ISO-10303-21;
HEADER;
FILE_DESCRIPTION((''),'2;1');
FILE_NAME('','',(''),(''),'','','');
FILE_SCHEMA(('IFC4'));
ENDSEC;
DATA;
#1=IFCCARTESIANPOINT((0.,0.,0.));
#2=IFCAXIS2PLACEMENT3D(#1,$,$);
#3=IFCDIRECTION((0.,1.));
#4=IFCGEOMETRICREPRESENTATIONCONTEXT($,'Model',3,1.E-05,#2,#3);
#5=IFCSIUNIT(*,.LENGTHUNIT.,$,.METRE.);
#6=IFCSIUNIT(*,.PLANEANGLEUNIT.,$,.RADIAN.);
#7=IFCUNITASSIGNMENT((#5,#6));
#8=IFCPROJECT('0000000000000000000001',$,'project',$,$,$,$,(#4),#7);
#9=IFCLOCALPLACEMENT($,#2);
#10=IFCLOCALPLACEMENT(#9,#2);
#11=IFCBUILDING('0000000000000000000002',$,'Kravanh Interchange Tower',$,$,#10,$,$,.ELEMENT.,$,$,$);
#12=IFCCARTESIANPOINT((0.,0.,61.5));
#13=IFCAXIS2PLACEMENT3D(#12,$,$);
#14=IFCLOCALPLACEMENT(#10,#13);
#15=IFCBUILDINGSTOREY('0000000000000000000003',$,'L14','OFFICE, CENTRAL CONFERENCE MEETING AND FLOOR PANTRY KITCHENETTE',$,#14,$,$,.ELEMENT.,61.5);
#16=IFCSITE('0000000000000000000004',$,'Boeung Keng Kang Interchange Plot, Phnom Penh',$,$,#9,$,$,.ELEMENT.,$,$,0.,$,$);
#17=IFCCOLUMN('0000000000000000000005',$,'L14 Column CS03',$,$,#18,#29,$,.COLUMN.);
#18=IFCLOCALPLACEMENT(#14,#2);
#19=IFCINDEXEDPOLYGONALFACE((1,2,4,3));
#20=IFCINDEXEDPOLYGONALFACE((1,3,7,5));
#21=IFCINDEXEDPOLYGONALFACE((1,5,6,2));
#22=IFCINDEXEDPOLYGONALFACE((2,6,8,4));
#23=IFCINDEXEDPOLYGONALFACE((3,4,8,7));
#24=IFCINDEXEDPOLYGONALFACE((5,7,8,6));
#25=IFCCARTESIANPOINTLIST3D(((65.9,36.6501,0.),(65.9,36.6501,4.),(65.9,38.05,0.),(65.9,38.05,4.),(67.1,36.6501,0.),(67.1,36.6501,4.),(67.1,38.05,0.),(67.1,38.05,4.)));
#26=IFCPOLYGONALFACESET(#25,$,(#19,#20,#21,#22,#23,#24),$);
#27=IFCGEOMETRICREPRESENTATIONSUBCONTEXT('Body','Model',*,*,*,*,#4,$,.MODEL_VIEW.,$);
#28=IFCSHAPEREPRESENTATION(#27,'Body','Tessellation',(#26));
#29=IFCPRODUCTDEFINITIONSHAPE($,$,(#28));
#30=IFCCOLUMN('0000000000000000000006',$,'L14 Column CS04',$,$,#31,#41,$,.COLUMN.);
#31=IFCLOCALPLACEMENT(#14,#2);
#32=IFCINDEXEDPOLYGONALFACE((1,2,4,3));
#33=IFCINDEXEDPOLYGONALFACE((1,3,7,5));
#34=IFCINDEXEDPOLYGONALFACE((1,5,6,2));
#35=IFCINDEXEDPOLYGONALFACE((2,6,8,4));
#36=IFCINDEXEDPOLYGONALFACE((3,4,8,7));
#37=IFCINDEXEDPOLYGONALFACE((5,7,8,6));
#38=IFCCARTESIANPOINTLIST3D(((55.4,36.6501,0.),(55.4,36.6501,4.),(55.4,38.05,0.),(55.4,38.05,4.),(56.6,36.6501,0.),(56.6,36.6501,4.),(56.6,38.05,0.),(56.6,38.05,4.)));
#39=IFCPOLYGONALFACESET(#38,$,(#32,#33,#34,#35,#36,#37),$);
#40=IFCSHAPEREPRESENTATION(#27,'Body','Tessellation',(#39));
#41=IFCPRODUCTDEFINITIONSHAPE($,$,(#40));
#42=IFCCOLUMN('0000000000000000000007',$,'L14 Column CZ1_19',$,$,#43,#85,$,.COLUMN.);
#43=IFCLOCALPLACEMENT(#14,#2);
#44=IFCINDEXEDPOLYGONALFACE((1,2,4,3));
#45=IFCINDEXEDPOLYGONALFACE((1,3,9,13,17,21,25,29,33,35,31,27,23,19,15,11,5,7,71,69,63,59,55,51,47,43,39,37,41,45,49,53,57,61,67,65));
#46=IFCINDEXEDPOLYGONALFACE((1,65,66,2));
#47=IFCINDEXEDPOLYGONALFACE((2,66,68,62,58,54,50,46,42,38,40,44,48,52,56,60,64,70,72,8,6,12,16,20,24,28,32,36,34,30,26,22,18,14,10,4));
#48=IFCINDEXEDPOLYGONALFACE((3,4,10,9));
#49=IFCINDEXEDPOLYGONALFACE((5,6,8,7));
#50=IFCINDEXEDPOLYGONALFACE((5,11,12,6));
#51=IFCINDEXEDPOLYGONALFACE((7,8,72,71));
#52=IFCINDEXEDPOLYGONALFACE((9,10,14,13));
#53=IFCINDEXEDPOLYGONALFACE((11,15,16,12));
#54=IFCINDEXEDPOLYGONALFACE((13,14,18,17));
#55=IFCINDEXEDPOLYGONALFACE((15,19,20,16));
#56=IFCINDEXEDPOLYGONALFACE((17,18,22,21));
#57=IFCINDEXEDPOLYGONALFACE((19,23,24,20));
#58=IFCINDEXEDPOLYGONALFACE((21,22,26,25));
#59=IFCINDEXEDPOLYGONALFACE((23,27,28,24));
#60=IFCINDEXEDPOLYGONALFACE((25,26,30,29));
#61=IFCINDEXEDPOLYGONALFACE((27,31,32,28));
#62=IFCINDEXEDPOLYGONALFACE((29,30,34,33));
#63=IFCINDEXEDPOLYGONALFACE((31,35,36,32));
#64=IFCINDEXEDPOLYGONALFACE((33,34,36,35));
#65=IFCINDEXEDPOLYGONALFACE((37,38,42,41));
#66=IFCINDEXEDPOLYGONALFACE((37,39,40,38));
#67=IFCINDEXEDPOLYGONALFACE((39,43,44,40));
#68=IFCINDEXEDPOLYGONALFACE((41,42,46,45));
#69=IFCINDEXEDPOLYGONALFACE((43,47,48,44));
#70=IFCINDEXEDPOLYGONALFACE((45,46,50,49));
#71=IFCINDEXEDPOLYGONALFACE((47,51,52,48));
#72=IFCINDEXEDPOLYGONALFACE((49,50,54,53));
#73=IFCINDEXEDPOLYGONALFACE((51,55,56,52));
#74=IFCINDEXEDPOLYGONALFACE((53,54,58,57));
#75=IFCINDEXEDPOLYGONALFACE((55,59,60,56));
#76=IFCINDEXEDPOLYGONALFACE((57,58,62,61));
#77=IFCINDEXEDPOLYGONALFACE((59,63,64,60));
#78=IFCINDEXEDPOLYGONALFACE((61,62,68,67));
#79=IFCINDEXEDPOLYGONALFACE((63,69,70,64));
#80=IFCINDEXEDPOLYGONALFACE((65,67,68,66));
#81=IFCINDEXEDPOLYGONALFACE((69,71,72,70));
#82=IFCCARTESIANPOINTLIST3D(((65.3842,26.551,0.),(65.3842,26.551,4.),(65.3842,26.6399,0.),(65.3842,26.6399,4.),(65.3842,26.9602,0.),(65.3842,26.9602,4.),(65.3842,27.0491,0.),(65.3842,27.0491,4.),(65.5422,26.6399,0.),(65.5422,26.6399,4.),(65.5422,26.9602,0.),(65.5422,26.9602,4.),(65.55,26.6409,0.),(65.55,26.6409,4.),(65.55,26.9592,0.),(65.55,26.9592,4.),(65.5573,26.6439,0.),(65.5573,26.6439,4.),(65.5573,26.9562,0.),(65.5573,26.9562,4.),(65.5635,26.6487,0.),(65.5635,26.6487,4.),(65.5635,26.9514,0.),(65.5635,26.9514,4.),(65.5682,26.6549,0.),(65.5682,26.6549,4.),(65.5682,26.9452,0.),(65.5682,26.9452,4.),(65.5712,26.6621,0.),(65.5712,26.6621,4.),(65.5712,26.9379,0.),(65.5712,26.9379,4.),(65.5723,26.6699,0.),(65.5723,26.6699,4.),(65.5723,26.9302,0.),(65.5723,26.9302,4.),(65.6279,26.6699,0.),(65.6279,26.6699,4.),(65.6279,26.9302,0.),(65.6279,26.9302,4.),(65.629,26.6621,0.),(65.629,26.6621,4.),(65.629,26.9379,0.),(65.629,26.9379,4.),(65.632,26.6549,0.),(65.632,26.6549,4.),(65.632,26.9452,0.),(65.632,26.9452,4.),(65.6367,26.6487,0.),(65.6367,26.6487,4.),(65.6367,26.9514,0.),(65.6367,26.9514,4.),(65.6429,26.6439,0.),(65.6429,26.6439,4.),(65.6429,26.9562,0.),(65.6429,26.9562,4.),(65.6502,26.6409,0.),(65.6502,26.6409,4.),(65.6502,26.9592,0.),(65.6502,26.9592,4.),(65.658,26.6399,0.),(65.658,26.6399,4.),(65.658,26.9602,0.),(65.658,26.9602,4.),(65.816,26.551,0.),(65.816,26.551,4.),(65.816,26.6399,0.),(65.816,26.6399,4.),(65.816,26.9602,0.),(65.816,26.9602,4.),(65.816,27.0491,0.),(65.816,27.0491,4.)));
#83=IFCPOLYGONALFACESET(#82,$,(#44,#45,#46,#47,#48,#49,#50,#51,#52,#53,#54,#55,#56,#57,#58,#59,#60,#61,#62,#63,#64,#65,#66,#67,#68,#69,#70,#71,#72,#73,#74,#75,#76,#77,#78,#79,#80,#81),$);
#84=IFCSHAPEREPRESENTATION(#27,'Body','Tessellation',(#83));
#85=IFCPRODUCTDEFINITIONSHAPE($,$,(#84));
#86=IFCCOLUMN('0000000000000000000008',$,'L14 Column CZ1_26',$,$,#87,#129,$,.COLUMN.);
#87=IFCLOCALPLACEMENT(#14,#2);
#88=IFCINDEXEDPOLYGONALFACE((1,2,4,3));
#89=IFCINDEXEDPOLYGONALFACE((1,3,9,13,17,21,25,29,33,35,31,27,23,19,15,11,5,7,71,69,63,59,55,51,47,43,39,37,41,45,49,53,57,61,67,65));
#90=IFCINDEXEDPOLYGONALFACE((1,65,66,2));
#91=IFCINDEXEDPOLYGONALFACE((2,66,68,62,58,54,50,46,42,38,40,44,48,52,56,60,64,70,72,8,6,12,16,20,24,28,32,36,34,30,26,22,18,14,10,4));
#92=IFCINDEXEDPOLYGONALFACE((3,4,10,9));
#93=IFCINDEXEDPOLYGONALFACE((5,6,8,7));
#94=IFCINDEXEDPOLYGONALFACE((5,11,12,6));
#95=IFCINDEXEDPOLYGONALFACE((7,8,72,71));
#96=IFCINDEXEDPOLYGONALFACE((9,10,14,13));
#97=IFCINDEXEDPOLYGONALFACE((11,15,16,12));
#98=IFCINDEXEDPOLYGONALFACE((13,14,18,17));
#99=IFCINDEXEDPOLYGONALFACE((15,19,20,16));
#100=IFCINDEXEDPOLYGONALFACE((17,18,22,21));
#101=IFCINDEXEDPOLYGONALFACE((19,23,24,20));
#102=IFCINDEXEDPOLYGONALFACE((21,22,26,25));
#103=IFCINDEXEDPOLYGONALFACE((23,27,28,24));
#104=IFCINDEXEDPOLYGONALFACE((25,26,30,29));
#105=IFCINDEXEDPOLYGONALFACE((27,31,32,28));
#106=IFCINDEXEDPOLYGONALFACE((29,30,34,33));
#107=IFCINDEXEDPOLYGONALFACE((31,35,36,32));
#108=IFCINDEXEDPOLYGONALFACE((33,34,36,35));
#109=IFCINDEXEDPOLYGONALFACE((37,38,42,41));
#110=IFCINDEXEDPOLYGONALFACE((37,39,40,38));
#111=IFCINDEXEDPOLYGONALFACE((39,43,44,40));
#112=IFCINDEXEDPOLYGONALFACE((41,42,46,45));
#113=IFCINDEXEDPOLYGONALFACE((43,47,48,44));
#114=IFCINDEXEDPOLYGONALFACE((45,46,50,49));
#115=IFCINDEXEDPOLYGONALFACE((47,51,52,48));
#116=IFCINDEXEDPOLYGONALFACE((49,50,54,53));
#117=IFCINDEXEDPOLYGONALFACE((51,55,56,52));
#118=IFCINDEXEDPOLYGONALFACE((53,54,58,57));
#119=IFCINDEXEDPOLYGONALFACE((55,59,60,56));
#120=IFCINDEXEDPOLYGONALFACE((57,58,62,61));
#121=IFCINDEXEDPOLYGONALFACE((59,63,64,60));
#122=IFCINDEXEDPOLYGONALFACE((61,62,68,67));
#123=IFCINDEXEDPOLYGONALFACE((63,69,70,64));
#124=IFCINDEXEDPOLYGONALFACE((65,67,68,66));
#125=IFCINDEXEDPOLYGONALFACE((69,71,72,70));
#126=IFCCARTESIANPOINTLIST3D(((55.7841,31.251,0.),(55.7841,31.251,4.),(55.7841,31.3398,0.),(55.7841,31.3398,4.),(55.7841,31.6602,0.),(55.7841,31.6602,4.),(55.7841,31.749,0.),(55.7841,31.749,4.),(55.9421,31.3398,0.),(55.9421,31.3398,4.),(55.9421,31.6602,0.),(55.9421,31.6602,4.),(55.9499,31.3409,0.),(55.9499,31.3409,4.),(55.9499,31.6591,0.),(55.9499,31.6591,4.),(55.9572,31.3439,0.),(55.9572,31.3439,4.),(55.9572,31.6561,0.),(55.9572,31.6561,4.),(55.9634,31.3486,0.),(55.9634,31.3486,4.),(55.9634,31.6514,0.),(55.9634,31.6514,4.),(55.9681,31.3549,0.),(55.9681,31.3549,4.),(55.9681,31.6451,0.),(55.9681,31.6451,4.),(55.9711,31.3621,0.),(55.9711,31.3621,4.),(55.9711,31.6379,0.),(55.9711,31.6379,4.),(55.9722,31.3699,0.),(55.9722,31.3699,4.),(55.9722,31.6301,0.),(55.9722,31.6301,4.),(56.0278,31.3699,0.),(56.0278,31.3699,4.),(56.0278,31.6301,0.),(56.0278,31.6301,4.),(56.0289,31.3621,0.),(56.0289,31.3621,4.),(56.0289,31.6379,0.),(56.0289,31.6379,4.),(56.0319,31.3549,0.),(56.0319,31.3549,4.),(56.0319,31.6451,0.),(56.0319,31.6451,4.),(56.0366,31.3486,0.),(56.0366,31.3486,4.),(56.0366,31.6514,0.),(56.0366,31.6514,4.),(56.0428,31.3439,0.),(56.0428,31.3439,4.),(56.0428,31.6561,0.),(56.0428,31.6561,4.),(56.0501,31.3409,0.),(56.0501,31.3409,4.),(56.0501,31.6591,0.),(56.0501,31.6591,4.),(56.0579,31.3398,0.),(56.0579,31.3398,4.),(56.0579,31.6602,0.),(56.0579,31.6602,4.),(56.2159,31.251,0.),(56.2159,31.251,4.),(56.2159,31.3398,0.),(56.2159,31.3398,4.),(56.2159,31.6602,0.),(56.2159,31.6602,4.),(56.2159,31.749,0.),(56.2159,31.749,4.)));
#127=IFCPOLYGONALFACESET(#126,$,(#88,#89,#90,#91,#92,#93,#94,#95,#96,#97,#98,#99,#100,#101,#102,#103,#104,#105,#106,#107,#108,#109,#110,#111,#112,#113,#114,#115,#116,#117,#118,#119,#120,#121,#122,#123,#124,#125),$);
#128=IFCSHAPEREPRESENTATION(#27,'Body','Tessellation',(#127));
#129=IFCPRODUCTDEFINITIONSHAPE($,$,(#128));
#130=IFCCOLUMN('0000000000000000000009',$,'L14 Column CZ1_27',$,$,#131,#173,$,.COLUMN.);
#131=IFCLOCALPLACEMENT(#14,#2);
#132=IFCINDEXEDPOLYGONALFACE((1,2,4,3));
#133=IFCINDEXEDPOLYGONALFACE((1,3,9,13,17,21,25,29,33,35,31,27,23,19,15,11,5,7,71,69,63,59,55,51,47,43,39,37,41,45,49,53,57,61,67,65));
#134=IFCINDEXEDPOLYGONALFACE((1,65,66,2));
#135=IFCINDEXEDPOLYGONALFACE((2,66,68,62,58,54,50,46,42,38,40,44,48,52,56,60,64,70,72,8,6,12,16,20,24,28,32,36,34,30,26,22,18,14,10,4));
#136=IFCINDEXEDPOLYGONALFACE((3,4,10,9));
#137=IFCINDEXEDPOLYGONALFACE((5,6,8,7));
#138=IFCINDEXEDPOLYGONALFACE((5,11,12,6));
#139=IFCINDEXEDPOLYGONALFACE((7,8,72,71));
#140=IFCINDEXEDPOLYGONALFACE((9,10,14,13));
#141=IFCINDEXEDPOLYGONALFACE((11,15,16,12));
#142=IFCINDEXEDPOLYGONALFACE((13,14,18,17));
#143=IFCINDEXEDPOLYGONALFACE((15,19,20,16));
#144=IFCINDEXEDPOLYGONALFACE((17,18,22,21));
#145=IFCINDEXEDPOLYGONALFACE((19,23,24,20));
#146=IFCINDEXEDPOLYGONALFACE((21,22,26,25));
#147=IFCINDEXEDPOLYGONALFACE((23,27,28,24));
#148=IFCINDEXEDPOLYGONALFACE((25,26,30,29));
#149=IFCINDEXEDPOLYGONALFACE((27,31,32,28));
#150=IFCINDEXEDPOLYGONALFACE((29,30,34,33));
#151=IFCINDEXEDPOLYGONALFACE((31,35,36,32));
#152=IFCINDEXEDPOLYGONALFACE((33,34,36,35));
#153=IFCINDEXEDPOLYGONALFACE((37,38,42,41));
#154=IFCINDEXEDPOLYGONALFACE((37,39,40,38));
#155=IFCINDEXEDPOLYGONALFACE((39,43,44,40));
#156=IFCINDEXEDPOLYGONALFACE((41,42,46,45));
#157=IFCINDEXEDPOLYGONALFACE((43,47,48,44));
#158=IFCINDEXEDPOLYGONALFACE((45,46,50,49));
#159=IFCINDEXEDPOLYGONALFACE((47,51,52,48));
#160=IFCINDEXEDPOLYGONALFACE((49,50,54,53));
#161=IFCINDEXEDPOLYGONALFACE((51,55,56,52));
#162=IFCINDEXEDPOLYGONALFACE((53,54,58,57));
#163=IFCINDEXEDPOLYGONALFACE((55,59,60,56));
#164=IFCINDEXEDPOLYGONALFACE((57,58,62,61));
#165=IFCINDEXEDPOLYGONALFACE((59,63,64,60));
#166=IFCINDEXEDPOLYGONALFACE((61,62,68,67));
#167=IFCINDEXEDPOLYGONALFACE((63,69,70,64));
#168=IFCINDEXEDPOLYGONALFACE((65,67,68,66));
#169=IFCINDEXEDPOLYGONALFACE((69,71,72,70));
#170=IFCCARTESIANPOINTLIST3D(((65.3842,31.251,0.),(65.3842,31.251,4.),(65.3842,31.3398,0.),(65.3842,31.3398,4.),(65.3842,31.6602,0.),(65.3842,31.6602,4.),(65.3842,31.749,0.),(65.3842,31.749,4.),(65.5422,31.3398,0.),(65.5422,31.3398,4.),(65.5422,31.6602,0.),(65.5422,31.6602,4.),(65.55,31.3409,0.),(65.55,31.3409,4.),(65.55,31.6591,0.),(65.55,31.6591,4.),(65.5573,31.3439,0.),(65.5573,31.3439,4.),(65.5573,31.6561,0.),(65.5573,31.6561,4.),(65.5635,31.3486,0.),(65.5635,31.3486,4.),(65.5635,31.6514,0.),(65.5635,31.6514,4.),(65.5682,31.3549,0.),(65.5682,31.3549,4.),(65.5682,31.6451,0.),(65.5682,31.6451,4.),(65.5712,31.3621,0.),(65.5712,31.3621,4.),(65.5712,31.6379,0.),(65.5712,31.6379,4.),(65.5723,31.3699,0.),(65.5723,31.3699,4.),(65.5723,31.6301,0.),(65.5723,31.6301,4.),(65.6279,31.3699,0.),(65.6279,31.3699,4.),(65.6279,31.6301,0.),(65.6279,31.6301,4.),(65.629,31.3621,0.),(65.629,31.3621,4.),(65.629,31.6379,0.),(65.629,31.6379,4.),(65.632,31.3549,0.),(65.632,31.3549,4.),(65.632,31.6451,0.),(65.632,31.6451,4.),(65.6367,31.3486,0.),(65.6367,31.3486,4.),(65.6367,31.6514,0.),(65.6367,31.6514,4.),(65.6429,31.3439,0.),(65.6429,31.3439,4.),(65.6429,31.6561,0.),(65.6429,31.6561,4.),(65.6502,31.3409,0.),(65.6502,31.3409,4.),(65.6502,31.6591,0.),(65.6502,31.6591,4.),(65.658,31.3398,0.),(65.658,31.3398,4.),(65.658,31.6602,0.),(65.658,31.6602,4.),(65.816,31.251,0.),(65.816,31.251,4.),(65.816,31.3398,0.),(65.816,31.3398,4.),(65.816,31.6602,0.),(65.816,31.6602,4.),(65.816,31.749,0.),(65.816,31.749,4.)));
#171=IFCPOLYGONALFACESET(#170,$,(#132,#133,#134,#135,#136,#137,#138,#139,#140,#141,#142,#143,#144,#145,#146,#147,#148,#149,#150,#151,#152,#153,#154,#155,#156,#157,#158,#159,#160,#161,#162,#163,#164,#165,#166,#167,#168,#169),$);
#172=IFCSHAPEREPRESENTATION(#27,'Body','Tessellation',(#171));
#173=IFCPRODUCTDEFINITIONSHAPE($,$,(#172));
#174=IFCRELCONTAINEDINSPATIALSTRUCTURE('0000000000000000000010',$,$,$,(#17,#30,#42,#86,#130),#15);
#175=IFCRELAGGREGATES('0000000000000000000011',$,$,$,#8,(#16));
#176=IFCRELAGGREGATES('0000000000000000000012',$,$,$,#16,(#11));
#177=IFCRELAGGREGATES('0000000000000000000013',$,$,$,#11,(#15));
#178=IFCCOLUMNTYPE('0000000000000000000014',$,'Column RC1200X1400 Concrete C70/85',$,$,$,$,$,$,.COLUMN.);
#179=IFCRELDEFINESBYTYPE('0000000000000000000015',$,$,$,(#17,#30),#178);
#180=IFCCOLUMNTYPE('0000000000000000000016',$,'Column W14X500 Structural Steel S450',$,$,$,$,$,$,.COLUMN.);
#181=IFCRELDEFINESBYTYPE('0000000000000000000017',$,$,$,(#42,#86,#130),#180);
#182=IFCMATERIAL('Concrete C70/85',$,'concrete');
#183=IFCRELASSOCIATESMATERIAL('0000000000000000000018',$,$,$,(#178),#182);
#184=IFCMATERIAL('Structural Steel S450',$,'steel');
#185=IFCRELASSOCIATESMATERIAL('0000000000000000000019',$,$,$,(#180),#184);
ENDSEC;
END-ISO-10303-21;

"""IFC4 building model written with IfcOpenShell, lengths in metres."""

from ifc_helpers import new_model, si_unit, direction, frame, origin, origin_2d, place, context, subcontext, project, spatial, rectangle, i_section, extrude, material, material_profile, profile_set, type_object, element, save


model = new_model("IFC4")

# Units and contexts
model_context = context("Model", 3, precision=1e-05, world=origin(), true_north=direction((0.0, 1.0)))
body_context = subcontext(model_context, "Body", "Model", "MODEL_VIEW")
ifc_project = project(units=[si_unit("LENGTHUNIT", "METRE"), si_unit("PLANEANGLEUNIT", "RADIAN")], contexts=[model_context])

# Site, building, storey
site_placement = place(None, origin())
site = spatial("IfcSite", under=ifc_project, at=site_placement, Name="Boeung Keng Kang Interchange Plot, Phnom Penh", CompositionType="ELEMENT", RefElevation=0.0)
building_placement = place(site_placement, origin())
building = spatial("IfcBuilding", under=site, at=building_placement, Name="Kravanh Interchange Tower", CompositionType="ELEMENT")
storey_placement = place(building_placement, frame((0.0, 0.0, 61.5)))
storey = spatial("IfcBuildingStorey", under=building, at=storey_placement, Name="L14", Description="OFFICE, CENTRAL CONFERENCE MEETING AND FLOOR PANTRY KITCHENETTE", CompositionType="ELEMENT", Elevation=61.5)

# Columns
ifc_material_1 = material(Name="Concrete C70/85", Category="concrete")
ifc_material_profile_1 = material_profile(ifc_material_1, rectangle(XDim=1.2, YDim=1.3999, at=origin_2d()), Name="RC1200X1400")
ifc_profile_set_1 = profile_set([ifc_material_profile_1], Name="Concrete C70/85")
column_type_1 = type_object("IfcColumnType", Name="Column RC1200X1400 Concrete C70/85", PredefinedType="COLUMN", material=ifc_profile_set_1)
for number, where, z_axis, x_axis, name in (
    (1, (66.5, 37.3501, 0.0), (0.0, 0.0, 1.0), (1.0, 0.0, 0.0), "L14 Column CS03"),
    (2, (56.0, 37.3501, 0.0), (0.0, 0.0, 1.0), (1.0, 0.0, 0.0), "L14 Column CS04"),
):
    element("IfcColumn", number, at=place(storey_placement, frame(where, z_axis=z_axis, x_axis=x_axis)), inside=storey, type_object=column_type_1, Name=name, PredefinedType="COLUMN", context=body_context, shape_type="SweptSolid", body=[
        extrude(rectangle(XDim=1.2, YDim=1.3999, at=origin_2d()), origin(), (0.0, 0.0, 1.0), 4.0),
    ])
ifc_material_2 = material(Name="Structural Steel S450", Category="steel")
ifc_material_profile_2 = material_profile(ifc_material_2, i_section(OverallWidth=0.4319, OverallDepth=0.498, WebThickness=0.0557, FlangeThickness=0.0889, FilletRadius=0.03, at=origin_2d()), Name="W14X500")
ifc_profile_set_2 = profile_set([ifc_material_profile_2], Name="Structural Steel S450")
column_type_2 = type_object("IfcColumnType", Name="Column W14X500 Structural Steel S450", PredefinedType="COLUMN", material=ifc_profile_set_2)
for number, where, z_axis, x_axis, name in (
    (3, (65.6001, 26.8, 0.0), (0.0, 0.0, 1.0), (1.0, 0.0, 0.0), "L14 Column CZ1_19"),
    (4, (56.0, 31.5, 0.0), (0.0, 0.0, 1.0), (1.0, 0.0, 0.0), "L14 Column CZ1_26"),
    (5, (65.6001, 31.5, 0.0), (0.0, 0.0, 1.0), (1.0, 0.0, 0.0), "L14 Column CZ1_27"),
):
    element("IfcColumn", number, at=place(storey_placement, frame(where, z_axis=z_axis, x_axis=x_axis)), inside=storey, type_object=column_type_2, Name=name, PredefinedType="COLUMN", context=body_context, shape_type="SweptSolid", body=[
        extrude(i_section(OverallWidth=0.4319, OverallDepth=0.498, WebThickness=0.0557, FlangeThickness=0.0889, FilletRadius=0.03, at=origin_2d()), origin(), (0.0, 0.0, 1.0), 4.0),
    ])

save(model, "model.ifc")
